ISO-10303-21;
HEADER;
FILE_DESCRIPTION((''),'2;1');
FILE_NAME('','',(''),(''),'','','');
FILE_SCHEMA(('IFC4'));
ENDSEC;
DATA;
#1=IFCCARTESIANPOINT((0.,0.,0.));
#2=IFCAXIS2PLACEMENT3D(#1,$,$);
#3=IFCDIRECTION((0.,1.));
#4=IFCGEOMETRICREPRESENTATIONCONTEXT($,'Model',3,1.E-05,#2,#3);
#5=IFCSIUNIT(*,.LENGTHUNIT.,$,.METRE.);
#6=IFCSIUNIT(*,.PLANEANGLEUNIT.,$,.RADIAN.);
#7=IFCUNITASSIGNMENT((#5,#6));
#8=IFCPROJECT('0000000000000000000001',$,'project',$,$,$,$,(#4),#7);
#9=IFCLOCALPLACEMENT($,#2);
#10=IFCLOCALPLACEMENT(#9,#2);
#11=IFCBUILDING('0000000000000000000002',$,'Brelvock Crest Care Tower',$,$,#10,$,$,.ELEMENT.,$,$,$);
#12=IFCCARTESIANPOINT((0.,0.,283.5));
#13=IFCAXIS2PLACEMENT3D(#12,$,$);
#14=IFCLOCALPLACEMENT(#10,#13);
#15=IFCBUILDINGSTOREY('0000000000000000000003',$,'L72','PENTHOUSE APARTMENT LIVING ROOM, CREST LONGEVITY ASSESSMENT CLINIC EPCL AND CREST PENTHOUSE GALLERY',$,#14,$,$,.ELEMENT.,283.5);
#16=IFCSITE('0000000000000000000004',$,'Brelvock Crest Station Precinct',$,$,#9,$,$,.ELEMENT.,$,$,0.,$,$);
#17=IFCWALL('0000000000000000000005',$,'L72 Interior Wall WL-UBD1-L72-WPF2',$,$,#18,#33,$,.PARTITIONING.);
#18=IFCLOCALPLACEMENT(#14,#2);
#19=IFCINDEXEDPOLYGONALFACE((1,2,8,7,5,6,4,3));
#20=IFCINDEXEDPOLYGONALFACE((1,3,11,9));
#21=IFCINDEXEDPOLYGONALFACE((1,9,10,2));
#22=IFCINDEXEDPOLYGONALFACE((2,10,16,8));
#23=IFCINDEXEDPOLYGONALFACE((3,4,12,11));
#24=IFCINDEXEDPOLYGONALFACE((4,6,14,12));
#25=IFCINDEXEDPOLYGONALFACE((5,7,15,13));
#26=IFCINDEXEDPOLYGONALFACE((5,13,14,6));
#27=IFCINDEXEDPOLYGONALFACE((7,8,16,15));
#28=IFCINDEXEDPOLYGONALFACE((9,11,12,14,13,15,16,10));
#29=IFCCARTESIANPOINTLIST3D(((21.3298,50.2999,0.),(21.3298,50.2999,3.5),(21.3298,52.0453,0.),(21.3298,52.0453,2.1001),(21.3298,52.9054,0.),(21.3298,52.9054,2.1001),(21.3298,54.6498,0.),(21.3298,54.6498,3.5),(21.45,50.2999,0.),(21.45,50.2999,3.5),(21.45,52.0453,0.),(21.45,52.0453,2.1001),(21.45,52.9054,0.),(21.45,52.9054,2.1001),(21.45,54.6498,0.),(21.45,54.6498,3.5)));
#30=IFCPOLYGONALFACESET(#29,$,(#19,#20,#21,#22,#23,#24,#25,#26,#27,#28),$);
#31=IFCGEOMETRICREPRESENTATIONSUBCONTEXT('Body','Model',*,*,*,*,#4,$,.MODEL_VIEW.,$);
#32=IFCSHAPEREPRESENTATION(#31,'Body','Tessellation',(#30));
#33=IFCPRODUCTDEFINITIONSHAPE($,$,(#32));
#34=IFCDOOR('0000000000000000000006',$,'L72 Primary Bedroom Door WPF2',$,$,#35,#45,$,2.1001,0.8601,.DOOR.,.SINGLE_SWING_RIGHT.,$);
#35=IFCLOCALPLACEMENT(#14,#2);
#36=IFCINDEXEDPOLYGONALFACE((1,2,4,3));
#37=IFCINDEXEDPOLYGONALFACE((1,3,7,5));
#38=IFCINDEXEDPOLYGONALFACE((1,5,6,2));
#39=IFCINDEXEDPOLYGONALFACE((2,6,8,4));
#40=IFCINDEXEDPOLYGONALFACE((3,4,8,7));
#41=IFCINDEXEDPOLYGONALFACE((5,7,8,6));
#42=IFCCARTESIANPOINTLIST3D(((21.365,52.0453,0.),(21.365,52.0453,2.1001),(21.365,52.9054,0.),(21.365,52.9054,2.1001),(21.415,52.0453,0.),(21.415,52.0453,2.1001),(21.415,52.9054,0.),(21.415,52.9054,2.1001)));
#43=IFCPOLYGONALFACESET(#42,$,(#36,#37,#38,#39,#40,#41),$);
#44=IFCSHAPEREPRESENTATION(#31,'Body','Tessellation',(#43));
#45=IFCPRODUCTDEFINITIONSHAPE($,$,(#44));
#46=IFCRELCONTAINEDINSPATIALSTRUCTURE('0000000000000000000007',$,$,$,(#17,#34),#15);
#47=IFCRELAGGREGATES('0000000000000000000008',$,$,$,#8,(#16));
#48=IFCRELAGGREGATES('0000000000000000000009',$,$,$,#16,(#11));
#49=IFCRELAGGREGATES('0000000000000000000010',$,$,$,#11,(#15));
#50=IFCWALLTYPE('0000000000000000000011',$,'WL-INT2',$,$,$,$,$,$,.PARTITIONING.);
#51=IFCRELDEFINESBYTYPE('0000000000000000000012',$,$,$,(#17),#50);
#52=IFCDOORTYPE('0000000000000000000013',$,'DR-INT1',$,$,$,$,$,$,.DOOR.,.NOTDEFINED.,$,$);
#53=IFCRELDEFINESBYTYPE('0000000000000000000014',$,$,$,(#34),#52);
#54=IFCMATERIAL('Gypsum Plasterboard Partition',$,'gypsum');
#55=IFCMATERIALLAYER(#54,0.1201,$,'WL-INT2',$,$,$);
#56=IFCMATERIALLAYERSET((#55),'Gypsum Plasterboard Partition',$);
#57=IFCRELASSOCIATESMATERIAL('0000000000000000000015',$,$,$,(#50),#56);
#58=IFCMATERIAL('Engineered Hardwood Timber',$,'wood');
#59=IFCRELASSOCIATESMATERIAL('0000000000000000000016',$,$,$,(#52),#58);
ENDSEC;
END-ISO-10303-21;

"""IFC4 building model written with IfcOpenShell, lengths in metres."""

from ifc_helpers import new_model, si_unit, direction, frame, frame_2d, origin, origin_2d, place, context, subcontext, project, spatial, rectangle, extrude, source, transform, mapped, material, layer, layer_set, type_object, element, fill, save


model = new_model("IFC4")

# Units and contexts
model_context = context("Model", 3, precision=1e-05, world=origin(), true_north=direction((0.0, 1.0)))
body_context = subcontext(model_context, "Body", "Model", "MODEL_VIEW")
ifc_project = project(units=[si_unit("LENGTHUNIT", "METRE"), si_unit("PLANEANGLEUNIT", "RADIAN")], contexts=[model_context])

# Site, building, storey
site_placement = place(None, origin())
site = spatial("IfcSite", under=ifc_project, at=site_placement, Name="Brelvock Crest Station Precinct", CompositionType="ELEMENT", RefElevation=0.0)
building_placement = place(site_placement, origin())
building = spatial("IfcBuilding", under=site, at=building_placement, Name="Brelvock Crest Care Tower", CompositionType="ELEMENT")
storey_placement = place(building_placement, frame((0.0, 0.0, 283.5)))
storey = spatial("IfcBuildingStorey", under=building, at=storey_placement, Name="L72", Description="PENTHOUSE APARTMENT LIVING ROOM, CREST LONGEVITY ASSESSMENT CLINIC EPCL AND CREST PENTHOUSE GALLERY", CompositionType="ELEMENT", Elevation=283.5)

# Wall, opening, door
ifc_material_1 = material(Name="Gypsum Plasterboard Partition", Category="gypsum")
ifc_layer = layer(ifc_material_1, 0.1201, Name="WL-INT2")
ifc_layer_set = layer_set([ifc_layer], Name="Gypsum Plasterboard Partition")
wall_type = type_object("IfcWallType", Name="WL-INT2", PredefinedType="PARTITIONING", material=ifc_layer_set)
ifc_material_2 = material(Name="Engineered Hardwood Timber", Category="wood")
door_type = type_object("IfcDoorType", Name="DR-INT1", OperationType="NOTDEFINED", PredefinedType="DOOR", material=ifc_material_2)
shared_shape_1 = source(origin(), body_context, "Body", "SweptSolid", [
    extrude(rectangle(XDim=0.8601, YDim=2.1001, at=origin_2d()), frame((0.4302, 0.0249, 1.05), z_axis=(0.0, -1.0, 0.0), x_axis=(1.0, 0.0, 0.0)), (0.0, 0.0, 1.0), 0.05),
])
wall_1_placement = place(storey_placement, frame((21.3899, 50.3, 0.0), z_axis=(0.0, 0.0, 1.0), x_axis=(0.0, 1.0, 0.0)))
wall_1 = element("IfcWall", 1, at=wall_1_placement, inside=storey, type_object=wall_type, Name="L72 Interior Wall WL-UBD1-L72-WPF2", PredefinedType="PARTITIONING", context=body_context, shape_type="SweptSolid", body=[
    extrude(rectangle(XDim=4.3499, YDim=0.1201, at=frame_2d((2.1748, 0.0))), origin(), (0.0, 0.0, 1.0), 3.5),
])
opening_1_placement = place(wall_1_placement, frame((1.7451, 0.0, 0.0)))
opening_1 = element("IfcOpeningElement", 2, at=opening_1_placement, cuts=wall_1, PredefinedType="OPENING", context=body_context, shape_type="SweptSolid", body=[
    extrude(rectangle(XDim=0.8601, YDim=2.1001, at=origin_2d()), frame((0.4302, 0.0701, 1.05), z_axis=(0.0, -1.0, 0.0), x_axis=(1.0, 0.0, 0.0)), (0.0, 0.0, 1.0), 0.1401),
])
door_1_placement = place(opening_1_placement, origin())
door_1 = element("IfcDoor", 3, at=door_1_placement, inside=storey, type_object=door_type, Name="L72 Primary Bedroom Door WPF2", OperationType="SINGLE_SWING_RIGHT", OverallHeight=2.1001, OverallWidth=0.8601, PredefinedType="DOOR", context=body_context, shape_type="MappedRepresentation", body=[
    mapped(shared_shape_1, transform((0.0, 0.0, 0.0), x_axis=(1.0, 0.0, 0.0), y_axis=(0.0, 1.0, 0.0), z_axis=(0.0, 0.0, 1.0), scale=1.0)),
])
fill(opening_1, door_1)

save(model, "model.ifc")
